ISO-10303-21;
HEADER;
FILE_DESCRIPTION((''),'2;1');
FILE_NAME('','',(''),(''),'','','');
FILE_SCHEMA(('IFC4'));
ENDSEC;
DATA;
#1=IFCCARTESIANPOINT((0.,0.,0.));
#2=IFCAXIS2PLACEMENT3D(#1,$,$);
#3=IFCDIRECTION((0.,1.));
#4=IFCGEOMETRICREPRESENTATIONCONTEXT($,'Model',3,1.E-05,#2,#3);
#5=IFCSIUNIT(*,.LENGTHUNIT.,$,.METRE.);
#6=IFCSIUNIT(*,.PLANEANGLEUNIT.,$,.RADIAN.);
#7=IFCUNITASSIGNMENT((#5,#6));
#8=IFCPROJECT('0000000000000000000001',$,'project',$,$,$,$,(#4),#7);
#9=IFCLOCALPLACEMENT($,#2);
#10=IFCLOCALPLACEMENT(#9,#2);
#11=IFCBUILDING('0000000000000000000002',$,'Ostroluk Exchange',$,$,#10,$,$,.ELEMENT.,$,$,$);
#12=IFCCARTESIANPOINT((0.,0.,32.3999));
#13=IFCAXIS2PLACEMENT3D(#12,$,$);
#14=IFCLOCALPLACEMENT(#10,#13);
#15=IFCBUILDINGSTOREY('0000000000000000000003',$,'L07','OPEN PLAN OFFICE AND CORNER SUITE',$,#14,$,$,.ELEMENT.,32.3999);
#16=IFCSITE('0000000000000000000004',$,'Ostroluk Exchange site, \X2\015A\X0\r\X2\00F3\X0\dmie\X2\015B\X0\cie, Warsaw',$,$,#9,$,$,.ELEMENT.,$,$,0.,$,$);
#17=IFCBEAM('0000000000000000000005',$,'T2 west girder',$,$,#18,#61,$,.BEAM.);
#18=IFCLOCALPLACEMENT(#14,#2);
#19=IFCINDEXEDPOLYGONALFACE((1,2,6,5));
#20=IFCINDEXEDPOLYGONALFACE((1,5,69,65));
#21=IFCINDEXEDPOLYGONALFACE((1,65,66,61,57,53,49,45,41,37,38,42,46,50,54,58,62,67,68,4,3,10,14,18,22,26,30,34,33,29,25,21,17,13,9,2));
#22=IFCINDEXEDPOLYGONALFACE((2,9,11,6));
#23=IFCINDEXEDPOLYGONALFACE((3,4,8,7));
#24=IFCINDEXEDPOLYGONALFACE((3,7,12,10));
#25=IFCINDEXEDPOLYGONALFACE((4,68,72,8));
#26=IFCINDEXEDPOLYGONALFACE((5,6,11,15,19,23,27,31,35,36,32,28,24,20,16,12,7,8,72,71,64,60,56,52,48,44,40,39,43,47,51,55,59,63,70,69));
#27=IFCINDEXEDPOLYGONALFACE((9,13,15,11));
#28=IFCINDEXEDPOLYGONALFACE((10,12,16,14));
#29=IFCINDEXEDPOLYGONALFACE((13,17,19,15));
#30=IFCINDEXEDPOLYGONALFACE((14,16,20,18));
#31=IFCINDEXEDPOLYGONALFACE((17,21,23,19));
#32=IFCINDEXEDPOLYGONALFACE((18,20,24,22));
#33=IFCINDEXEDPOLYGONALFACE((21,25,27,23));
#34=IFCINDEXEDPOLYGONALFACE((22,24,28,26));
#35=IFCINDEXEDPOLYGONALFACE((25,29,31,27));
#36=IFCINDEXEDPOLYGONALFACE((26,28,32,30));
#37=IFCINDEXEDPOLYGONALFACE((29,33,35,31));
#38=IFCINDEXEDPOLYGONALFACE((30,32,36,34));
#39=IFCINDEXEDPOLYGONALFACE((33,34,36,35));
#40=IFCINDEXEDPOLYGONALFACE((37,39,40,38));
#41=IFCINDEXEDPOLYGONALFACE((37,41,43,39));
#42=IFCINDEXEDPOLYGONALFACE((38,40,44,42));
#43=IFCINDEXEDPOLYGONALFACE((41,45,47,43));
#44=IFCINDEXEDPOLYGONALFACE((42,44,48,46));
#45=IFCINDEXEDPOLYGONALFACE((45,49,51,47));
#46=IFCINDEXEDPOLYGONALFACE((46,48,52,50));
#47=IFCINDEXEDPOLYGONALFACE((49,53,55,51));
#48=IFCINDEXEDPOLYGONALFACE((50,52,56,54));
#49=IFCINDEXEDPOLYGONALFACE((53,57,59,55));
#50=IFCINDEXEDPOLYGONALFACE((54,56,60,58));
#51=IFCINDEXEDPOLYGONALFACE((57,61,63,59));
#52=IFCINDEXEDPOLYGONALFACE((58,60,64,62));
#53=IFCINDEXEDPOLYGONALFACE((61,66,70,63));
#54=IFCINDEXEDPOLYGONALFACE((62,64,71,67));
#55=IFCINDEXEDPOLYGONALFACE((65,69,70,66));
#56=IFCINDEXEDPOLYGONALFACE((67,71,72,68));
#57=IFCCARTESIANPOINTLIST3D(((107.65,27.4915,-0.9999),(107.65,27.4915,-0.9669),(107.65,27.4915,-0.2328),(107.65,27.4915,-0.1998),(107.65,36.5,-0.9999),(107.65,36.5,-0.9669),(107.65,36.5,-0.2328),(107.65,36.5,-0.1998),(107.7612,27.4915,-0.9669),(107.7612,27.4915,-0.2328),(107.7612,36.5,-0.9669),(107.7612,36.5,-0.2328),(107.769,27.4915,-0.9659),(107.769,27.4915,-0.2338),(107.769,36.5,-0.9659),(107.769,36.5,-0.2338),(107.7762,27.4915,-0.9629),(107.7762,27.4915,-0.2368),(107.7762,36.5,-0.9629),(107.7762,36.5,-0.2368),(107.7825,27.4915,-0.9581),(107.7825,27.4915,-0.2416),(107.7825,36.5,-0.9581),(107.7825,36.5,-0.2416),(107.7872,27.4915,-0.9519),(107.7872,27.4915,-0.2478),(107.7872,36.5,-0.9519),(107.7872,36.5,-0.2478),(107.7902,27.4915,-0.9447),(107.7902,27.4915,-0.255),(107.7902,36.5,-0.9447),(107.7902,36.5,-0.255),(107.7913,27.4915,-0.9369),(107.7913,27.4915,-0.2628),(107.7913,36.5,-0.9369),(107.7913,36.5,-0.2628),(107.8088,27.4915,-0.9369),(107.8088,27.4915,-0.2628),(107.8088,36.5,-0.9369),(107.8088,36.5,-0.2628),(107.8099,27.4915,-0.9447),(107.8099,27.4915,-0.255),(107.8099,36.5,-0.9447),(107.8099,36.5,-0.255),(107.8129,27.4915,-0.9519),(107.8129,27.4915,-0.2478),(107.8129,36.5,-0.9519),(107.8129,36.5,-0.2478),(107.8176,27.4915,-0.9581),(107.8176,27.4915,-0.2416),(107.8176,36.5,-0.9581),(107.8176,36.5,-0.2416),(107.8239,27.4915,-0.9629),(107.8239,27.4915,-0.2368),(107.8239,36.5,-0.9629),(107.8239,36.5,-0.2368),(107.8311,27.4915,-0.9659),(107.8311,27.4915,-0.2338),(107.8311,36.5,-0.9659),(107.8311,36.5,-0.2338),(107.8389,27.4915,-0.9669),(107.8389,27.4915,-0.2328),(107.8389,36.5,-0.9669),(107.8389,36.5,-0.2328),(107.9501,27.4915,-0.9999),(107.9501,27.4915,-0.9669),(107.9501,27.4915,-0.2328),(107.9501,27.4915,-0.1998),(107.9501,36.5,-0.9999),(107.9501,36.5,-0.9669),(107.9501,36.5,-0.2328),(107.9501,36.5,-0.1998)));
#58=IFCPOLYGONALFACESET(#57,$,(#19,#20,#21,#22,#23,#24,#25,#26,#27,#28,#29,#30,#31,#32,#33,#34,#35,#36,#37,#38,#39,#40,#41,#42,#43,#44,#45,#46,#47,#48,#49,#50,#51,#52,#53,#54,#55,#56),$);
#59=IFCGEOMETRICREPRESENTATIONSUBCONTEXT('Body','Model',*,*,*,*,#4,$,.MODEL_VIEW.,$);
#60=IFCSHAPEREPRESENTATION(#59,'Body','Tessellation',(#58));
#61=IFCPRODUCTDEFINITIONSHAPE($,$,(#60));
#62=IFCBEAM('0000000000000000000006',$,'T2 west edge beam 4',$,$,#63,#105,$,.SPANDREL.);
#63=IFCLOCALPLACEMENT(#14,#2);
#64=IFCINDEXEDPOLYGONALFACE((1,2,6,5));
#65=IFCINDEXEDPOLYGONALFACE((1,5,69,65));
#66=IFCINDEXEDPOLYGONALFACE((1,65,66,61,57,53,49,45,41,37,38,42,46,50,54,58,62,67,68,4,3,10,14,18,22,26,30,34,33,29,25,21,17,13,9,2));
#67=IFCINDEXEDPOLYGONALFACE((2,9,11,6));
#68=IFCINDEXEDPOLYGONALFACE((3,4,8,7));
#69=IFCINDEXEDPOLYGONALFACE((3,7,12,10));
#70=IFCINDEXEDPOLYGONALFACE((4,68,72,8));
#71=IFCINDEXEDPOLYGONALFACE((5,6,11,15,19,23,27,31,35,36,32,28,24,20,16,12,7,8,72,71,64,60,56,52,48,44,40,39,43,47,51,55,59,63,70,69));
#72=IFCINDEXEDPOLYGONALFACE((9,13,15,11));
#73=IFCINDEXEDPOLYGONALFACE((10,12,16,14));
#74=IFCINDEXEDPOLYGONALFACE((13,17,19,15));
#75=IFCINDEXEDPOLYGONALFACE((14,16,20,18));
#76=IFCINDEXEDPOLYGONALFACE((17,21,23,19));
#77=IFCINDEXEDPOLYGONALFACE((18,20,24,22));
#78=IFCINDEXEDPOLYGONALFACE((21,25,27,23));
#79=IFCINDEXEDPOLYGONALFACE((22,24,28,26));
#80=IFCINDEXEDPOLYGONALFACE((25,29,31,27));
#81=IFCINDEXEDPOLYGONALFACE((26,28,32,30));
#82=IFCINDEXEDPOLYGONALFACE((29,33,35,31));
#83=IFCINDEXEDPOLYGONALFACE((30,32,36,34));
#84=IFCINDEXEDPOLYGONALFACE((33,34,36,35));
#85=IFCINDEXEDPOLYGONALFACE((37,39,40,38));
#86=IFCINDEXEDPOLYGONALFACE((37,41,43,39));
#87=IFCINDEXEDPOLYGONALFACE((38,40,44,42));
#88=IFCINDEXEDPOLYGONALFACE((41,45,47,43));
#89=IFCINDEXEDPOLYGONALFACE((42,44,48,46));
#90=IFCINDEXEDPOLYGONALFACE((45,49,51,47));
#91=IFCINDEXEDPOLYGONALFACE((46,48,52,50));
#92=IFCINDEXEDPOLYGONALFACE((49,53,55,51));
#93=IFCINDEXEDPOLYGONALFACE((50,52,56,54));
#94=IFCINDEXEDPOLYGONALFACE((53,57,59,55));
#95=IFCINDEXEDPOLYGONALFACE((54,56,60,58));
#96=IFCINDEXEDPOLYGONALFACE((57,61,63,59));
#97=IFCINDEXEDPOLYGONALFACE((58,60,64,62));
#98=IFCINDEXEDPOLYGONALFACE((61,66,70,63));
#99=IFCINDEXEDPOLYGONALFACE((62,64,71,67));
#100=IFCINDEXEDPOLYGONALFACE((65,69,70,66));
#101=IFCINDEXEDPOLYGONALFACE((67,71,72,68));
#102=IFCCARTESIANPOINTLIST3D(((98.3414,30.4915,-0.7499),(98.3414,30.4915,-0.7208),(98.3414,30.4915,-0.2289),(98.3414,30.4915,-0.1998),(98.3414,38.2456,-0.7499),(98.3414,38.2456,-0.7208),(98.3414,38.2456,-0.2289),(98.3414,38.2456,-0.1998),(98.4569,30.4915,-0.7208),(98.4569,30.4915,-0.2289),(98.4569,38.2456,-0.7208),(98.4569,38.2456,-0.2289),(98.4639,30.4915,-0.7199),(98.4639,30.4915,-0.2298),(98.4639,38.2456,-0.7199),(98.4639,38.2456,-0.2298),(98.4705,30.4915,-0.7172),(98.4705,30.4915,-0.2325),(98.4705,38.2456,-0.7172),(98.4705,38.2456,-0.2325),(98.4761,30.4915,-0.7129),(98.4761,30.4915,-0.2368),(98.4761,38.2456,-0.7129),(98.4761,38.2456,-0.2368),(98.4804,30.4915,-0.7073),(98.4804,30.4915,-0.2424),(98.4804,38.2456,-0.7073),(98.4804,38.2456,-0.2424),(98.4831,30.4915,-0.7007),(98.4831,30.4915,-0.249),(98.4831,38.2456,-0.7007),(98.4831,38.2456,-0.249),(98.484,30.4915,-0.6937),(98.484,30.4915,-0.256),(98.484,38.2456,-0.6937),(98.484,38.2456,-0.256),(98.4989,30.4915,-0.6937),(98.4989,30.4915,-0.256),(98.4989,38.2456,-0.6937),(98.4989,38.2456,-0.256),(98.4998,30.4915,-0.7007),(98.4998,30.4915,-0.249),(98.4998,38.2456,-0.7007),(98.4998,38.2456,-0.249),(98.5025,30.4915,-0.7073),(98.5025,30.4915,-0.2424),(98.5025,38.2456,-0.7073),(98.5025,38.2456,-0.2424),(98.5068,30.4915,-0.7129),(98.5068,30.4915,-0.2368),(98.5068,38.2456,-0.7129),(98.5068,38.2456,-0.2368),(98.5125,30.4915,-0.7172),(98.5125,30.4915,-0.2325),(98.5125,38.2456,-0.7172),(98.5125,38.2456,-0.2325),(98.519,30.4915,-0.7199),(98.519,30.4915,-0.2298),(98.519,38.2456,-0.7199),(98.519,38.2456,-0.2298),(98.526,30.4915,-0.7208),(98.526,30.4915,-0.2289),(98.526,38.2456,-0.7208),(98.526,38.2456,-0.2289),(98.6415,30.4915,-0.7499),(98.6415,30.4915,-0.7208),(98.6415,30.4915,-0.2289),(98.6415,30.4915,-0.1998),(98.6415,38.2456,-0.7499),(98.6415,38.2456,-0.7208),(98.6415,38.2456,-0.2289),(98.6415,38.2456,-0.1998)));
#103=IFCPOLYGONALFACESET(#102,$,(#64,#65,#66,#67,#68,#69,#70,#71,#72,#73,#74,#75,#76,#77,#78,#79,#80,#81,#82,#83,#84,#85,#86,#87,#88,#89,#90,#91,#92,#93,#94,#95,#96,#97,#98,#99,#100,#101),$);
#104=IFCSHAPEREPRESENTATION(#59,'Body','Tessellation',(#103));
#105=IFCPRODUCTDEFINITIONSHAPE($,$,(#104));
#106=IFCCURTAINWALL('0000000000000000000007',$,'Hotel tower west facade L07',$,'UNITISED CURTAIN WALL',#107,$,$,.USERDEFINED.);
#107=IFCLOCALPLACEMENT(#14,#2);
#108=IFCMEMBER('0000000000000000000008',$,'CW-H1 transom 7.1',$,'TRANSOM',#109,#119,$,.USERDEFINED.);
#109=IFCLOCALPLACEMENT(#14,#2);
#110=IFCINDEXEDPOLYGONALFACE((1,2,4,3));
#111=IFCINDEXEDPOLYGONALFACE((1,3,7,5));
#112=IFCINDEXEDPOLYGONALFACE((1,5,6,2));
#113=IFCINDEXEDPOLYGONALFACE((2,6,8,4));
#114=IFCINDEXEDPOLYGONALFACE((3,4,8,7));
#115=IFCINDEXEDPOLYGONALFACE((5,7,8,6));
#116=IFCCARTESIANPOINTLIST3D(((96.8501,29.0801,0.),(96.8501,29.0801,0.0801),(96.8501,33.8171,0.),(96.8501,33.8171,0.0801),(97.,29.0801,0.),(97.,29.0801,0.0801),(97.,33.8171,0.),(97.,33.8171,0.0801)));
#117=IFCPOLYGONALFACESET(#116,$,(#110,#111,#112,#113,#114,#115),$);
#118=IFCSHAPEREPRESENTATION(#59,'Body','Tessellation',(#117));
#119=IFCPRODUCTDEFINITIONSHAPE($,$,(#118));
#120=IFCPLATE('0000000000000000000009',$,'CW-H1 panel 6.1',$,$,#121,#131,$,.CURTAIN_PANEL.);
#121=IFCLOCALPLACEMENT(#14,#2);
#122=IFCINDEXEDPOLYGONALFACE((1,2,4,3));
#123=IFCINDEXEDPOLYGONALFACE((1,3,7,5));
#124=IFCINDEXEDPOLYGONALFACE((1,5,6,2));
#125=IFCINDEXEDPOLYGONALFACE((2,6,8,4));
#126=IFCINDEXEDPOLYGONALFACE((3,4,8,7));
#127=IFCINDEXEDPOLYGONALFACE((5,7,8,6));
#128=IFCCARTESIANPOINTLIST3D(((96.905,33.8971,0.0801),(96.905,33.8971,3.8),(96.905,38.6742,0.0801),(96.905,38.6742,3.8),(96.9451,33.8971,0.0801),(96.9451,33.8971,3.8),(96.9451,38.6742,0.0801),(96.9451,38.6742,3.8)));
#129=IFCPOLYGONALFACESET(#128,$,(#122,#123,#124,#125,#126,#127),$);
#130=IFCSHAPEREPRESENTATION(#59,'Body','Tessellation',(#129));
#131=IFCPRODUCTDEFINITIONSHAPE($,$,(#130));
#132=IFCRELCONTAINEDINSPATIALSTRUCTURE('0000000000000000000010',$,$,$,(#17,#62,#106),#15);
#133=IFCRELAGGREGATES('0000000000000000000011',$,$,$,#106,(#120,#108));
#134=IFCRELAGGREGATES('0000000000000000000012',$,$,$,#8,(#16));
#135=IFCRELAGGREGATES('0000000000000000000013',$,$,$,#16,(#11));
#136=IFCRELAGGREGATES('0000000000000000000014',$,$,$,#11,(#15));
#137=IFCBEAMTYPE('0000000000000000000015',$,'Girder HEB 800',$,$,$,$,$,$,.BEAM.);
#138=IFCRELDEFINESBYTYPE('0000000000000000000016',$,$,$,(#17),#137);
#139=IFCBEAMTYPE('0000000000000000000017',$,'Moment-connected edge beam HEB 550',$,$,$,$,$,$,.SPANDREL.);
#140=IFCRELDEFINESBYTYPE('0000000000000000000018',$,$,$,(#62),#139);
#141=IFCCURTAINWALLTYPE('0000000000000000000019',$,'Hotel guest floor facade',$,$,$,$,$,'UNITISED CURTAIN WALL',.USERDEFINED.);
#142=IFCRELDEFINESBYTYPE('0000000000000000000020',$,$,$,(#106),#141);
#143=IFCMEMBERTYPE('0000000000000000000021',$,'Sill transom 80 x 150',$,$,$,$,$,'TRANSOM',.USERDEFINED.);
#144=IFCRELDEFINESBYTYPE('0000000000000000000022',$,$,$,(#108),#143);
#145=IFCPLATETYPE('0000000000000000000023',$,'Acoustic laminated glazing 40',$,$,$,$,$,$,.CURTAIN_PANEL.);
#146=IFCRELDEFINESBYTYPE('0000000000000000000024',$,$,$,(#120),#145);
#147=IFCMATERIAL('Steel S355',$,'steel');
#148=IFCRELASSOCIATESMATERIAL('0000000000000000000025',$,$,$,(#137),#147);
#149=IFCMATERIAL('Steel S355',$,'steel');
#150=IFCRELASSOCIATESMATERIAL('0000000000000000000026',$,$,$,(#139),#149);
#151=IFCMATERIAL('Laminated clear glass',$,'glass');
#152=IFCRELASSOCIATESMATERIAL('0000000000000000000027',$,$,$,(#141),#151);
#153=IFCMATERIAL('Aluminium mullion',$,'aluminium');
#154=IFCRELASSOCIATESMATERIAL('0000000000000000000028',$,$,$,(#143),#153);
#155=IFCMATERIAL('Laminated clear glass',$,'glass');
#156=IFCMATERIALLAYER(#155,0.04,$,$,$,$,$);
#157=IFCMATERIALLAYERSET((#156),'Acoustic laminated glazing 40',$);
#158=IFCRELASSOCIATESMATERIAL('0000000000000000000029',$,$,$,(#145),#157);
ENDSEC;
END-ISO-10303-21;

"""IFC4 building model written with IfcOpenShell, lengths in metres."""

from ifc_helpers import new_model, si_unit, direction, frame, origin, origin_2d, place, context, subcontext, project, spatial, rectangle, i_section, extrude, material, layer, layer_set, material_profile, profile_set, type_object, element, aggregate, save


model = new_model("IFC4")

# Units and contexts
model_context = context("Model", 3, precision=1e-05, world=origin(), true_north=direction((0.0, 1.0)))
body_context = subcontext(model_context, "Body", "Model", "MODEL_VIEW")
ifc_project = project(units=[si_unit("LENGTHUNIT", "METRE"), si_unit("PLANEANGLEUNIT", "RADIAN")], contexts=[model_context])

# Site, building, storey
site_placement = place(None, origin())
site = spatial("IfcSite", under=ifc_project, at=site_placement, Name="Ostroluk Exchange site, Śródmieście, Warsaw", CompositionType="ELEMENT", RefElevation=0.0)
building_placement = place(site_placement, origin())
building = spatial("IfcBuilding", under=site, at=building_placement, Name="Ostroluk Exchange", CompositionType="ELEMENT")
storey_placement = place(building_placement, frame((0.0, 0.0, 32.3999)))
storey = spatial("IfcBuildingStorey", under=building, at=storey_placement, Name="L07", Description="OPEN PLAN OFFICE AND CORNER SUITE", CompositionType="ELEMENT", Elevation=32.3999)

# Beams
ifc_material_1 = material(Name="Steel S355", Category="steel")
ifc_material_profile_1 = material_profile(ifc_material_1, i_section(OverallWidth=0.3, OverallDepth=0.8, WebThickness=0.0176, FlangeThickness=0.033, FilletRadius=0.03, at=origin_2d()), Name="HEB 800")
ifc_profile_set_1 = profile_set([ifc_material_profile_1], Name="Steel S355")
beam_type_1 = type_object("IfcBeamType", Name="Girder HEB 800", PredefinedType="BEAM", material=ifc_profile_set_1)
beam_1_placement = place(storey_placement, frame((107.8, 36.5, -0.5999), z_axis=(0.0, -1.0, 0.0), x_axis=(1.0, 0.0, 0.0)))
element("IfcBeam", 1, at=beam_1_placement, inside=storey, type_object=beam_type_1, Name="T2 west girder", PredefinedType="BEAM", context=body_context, shape_type="SweptSolid", body=[
    extrude(i_section(OverallWidth=0.3, OverallDepth=0.8, WebThickness=0.0176, FlangeThickness=0.033, FilletRadius=0.03, at=origin_2d()), origin(), (0.0, 0.0, 1.0), 9.0085),
])
ifc_material_2 = material(Name="Steel S355", Category="steel")
ifc_material_profile_2 = material_profile(ifc_material_2, i_section(OverallWidth=0.3, OverallDepth=0.55, WebThickness=0.0149, FlangeThickness=0.0291, FilletRadius=0.0271, at=origin_2d()), Name="HEB 550")
ifc_profile_set_2 = profile_set([ifc_material_profile_2], Name="Steel S355")
beam_type_2 = type_object("IfcBeamType", Name="Moment-connected edge beam HEB 550", PredefinedType="SPANDREL", material=ifc_profile_set_2)
beam_2_placement = place(storey_placement, frame((98.4915, 38.2456, -0.4749), z_axis=(0.0, -1.0, 0.0), x_axis=(1.0, 0.0, 0.0)))
element("IfcBeam", 2, at=beam_2_placement, inside=storey, type_object=beam_type_2, Name="T2 west edge beam 4", PredefinedType="SPANDREL", context=body_context, shape_type="SweptSolid", body=[
    extrude(i_section(OverallWidth=0.3, OverallDepth=0.55, WebThickness=0.0149, FlangeThickness=0.0291, FilletRadius=0.0271, at=origin_2d()), origin(), (0.0, 0.0, 1.0), 7.7542),
])

# Curtain wall, member, plate
ifc_material_3 = material(Name="Laminated clear glass", Category="glass")
curtain_wall_type = type_object("IfcCurtainWallType", Name="Hotel guest floor facade", ElementType="UNITISED CURTAIN WALL", PredefinedType="USERDEFINED", material=ifc_material_3)
curtain_wall_placement = place(storey_placement, origin())
curtain_wall = element("IfcCurtainWall", 3, at=curtain_wall_placement, inside=storey, type_object=curtain_wall_type, Name="Hotel tower west facade L07", ObjectType="UNITISED CURTAIN WALL", PredefinedType="USERDEFINED")
ifc_material_4 = material(Name="Aluminium mullion", Category="aluminium")
ifc_material_profile_3 = material_profile(ifc_material_4, rectangle(XDim=0.1499, YDim=0.0801, at=origin_2d()), Name="Sill transom 80 x 150")
ifc_profile_set_3 = profile_set([ifc_material_profile_3], Name="Aluminium mullion")
member_type = type_object("IfcMemberType", Name="Sill transom 80 x 150", ElementType="TRANSOM", PredefinedType="USERDEFINED", material=ifc_profile_set_3)
member_placement = place(storey_placement, frame((96.925, 33.8171, 0.04), z_axis=(0.0, -1.0, 0.0), x_axis=(1.0, 0.0, 0.0)))
member = element("IfcMember", 4, at=member_placement, type_object=member_type, Name="CW-H1 transom 7.1", ObjectType="TRANSOM", PredefinedType="USERDEFINED", context=body_context, shape_type="SweptSolid", body=[
    extrude(rectangle(XDim=0.1499, YDim=0.0801, at=origin_2d()), origin(), (0.0, 0.0, 1.0), 4.7371),
])
ifc_material_5 = material(Name="Laminated clear glass", Category="glass")
ifc_layer_1 = layer(ifc_material_5, 0.04)
ifc_layer_set_1 = layer_set([ifc_layer_1], Name="Acoustic laminated glazing 40")
plate_type = type_object("IfcPlateType", Name="Acoustic laminated glazing 40", PredefinedType="CURTAIN_PANEL", material=ifc_layer_set_1)
plate_placement = place(storey_placement, frame((96.925, 36.2856, 0.0801), z_axis=(0.0, 0.0, 1.0), x_axis=(0.0, -1.0, 0.0)))
plate = element("IfcPlate", 5, at=plate_placement, type_object=plate_type, Name="CW-H1 panel 6.1", PredefinedType="CURTAIN_PANEL", context=body_context, shape_type="SweptSolid", body=[
    extrude(rectangle(XDim=4.7771, YDim=0.04, at=origin_2d()), origin(), (0.0, 0.0, 1.0), 3.72),
])
aggregate(curtain_wall, [plate, member])

save(model, "model.ifc")
